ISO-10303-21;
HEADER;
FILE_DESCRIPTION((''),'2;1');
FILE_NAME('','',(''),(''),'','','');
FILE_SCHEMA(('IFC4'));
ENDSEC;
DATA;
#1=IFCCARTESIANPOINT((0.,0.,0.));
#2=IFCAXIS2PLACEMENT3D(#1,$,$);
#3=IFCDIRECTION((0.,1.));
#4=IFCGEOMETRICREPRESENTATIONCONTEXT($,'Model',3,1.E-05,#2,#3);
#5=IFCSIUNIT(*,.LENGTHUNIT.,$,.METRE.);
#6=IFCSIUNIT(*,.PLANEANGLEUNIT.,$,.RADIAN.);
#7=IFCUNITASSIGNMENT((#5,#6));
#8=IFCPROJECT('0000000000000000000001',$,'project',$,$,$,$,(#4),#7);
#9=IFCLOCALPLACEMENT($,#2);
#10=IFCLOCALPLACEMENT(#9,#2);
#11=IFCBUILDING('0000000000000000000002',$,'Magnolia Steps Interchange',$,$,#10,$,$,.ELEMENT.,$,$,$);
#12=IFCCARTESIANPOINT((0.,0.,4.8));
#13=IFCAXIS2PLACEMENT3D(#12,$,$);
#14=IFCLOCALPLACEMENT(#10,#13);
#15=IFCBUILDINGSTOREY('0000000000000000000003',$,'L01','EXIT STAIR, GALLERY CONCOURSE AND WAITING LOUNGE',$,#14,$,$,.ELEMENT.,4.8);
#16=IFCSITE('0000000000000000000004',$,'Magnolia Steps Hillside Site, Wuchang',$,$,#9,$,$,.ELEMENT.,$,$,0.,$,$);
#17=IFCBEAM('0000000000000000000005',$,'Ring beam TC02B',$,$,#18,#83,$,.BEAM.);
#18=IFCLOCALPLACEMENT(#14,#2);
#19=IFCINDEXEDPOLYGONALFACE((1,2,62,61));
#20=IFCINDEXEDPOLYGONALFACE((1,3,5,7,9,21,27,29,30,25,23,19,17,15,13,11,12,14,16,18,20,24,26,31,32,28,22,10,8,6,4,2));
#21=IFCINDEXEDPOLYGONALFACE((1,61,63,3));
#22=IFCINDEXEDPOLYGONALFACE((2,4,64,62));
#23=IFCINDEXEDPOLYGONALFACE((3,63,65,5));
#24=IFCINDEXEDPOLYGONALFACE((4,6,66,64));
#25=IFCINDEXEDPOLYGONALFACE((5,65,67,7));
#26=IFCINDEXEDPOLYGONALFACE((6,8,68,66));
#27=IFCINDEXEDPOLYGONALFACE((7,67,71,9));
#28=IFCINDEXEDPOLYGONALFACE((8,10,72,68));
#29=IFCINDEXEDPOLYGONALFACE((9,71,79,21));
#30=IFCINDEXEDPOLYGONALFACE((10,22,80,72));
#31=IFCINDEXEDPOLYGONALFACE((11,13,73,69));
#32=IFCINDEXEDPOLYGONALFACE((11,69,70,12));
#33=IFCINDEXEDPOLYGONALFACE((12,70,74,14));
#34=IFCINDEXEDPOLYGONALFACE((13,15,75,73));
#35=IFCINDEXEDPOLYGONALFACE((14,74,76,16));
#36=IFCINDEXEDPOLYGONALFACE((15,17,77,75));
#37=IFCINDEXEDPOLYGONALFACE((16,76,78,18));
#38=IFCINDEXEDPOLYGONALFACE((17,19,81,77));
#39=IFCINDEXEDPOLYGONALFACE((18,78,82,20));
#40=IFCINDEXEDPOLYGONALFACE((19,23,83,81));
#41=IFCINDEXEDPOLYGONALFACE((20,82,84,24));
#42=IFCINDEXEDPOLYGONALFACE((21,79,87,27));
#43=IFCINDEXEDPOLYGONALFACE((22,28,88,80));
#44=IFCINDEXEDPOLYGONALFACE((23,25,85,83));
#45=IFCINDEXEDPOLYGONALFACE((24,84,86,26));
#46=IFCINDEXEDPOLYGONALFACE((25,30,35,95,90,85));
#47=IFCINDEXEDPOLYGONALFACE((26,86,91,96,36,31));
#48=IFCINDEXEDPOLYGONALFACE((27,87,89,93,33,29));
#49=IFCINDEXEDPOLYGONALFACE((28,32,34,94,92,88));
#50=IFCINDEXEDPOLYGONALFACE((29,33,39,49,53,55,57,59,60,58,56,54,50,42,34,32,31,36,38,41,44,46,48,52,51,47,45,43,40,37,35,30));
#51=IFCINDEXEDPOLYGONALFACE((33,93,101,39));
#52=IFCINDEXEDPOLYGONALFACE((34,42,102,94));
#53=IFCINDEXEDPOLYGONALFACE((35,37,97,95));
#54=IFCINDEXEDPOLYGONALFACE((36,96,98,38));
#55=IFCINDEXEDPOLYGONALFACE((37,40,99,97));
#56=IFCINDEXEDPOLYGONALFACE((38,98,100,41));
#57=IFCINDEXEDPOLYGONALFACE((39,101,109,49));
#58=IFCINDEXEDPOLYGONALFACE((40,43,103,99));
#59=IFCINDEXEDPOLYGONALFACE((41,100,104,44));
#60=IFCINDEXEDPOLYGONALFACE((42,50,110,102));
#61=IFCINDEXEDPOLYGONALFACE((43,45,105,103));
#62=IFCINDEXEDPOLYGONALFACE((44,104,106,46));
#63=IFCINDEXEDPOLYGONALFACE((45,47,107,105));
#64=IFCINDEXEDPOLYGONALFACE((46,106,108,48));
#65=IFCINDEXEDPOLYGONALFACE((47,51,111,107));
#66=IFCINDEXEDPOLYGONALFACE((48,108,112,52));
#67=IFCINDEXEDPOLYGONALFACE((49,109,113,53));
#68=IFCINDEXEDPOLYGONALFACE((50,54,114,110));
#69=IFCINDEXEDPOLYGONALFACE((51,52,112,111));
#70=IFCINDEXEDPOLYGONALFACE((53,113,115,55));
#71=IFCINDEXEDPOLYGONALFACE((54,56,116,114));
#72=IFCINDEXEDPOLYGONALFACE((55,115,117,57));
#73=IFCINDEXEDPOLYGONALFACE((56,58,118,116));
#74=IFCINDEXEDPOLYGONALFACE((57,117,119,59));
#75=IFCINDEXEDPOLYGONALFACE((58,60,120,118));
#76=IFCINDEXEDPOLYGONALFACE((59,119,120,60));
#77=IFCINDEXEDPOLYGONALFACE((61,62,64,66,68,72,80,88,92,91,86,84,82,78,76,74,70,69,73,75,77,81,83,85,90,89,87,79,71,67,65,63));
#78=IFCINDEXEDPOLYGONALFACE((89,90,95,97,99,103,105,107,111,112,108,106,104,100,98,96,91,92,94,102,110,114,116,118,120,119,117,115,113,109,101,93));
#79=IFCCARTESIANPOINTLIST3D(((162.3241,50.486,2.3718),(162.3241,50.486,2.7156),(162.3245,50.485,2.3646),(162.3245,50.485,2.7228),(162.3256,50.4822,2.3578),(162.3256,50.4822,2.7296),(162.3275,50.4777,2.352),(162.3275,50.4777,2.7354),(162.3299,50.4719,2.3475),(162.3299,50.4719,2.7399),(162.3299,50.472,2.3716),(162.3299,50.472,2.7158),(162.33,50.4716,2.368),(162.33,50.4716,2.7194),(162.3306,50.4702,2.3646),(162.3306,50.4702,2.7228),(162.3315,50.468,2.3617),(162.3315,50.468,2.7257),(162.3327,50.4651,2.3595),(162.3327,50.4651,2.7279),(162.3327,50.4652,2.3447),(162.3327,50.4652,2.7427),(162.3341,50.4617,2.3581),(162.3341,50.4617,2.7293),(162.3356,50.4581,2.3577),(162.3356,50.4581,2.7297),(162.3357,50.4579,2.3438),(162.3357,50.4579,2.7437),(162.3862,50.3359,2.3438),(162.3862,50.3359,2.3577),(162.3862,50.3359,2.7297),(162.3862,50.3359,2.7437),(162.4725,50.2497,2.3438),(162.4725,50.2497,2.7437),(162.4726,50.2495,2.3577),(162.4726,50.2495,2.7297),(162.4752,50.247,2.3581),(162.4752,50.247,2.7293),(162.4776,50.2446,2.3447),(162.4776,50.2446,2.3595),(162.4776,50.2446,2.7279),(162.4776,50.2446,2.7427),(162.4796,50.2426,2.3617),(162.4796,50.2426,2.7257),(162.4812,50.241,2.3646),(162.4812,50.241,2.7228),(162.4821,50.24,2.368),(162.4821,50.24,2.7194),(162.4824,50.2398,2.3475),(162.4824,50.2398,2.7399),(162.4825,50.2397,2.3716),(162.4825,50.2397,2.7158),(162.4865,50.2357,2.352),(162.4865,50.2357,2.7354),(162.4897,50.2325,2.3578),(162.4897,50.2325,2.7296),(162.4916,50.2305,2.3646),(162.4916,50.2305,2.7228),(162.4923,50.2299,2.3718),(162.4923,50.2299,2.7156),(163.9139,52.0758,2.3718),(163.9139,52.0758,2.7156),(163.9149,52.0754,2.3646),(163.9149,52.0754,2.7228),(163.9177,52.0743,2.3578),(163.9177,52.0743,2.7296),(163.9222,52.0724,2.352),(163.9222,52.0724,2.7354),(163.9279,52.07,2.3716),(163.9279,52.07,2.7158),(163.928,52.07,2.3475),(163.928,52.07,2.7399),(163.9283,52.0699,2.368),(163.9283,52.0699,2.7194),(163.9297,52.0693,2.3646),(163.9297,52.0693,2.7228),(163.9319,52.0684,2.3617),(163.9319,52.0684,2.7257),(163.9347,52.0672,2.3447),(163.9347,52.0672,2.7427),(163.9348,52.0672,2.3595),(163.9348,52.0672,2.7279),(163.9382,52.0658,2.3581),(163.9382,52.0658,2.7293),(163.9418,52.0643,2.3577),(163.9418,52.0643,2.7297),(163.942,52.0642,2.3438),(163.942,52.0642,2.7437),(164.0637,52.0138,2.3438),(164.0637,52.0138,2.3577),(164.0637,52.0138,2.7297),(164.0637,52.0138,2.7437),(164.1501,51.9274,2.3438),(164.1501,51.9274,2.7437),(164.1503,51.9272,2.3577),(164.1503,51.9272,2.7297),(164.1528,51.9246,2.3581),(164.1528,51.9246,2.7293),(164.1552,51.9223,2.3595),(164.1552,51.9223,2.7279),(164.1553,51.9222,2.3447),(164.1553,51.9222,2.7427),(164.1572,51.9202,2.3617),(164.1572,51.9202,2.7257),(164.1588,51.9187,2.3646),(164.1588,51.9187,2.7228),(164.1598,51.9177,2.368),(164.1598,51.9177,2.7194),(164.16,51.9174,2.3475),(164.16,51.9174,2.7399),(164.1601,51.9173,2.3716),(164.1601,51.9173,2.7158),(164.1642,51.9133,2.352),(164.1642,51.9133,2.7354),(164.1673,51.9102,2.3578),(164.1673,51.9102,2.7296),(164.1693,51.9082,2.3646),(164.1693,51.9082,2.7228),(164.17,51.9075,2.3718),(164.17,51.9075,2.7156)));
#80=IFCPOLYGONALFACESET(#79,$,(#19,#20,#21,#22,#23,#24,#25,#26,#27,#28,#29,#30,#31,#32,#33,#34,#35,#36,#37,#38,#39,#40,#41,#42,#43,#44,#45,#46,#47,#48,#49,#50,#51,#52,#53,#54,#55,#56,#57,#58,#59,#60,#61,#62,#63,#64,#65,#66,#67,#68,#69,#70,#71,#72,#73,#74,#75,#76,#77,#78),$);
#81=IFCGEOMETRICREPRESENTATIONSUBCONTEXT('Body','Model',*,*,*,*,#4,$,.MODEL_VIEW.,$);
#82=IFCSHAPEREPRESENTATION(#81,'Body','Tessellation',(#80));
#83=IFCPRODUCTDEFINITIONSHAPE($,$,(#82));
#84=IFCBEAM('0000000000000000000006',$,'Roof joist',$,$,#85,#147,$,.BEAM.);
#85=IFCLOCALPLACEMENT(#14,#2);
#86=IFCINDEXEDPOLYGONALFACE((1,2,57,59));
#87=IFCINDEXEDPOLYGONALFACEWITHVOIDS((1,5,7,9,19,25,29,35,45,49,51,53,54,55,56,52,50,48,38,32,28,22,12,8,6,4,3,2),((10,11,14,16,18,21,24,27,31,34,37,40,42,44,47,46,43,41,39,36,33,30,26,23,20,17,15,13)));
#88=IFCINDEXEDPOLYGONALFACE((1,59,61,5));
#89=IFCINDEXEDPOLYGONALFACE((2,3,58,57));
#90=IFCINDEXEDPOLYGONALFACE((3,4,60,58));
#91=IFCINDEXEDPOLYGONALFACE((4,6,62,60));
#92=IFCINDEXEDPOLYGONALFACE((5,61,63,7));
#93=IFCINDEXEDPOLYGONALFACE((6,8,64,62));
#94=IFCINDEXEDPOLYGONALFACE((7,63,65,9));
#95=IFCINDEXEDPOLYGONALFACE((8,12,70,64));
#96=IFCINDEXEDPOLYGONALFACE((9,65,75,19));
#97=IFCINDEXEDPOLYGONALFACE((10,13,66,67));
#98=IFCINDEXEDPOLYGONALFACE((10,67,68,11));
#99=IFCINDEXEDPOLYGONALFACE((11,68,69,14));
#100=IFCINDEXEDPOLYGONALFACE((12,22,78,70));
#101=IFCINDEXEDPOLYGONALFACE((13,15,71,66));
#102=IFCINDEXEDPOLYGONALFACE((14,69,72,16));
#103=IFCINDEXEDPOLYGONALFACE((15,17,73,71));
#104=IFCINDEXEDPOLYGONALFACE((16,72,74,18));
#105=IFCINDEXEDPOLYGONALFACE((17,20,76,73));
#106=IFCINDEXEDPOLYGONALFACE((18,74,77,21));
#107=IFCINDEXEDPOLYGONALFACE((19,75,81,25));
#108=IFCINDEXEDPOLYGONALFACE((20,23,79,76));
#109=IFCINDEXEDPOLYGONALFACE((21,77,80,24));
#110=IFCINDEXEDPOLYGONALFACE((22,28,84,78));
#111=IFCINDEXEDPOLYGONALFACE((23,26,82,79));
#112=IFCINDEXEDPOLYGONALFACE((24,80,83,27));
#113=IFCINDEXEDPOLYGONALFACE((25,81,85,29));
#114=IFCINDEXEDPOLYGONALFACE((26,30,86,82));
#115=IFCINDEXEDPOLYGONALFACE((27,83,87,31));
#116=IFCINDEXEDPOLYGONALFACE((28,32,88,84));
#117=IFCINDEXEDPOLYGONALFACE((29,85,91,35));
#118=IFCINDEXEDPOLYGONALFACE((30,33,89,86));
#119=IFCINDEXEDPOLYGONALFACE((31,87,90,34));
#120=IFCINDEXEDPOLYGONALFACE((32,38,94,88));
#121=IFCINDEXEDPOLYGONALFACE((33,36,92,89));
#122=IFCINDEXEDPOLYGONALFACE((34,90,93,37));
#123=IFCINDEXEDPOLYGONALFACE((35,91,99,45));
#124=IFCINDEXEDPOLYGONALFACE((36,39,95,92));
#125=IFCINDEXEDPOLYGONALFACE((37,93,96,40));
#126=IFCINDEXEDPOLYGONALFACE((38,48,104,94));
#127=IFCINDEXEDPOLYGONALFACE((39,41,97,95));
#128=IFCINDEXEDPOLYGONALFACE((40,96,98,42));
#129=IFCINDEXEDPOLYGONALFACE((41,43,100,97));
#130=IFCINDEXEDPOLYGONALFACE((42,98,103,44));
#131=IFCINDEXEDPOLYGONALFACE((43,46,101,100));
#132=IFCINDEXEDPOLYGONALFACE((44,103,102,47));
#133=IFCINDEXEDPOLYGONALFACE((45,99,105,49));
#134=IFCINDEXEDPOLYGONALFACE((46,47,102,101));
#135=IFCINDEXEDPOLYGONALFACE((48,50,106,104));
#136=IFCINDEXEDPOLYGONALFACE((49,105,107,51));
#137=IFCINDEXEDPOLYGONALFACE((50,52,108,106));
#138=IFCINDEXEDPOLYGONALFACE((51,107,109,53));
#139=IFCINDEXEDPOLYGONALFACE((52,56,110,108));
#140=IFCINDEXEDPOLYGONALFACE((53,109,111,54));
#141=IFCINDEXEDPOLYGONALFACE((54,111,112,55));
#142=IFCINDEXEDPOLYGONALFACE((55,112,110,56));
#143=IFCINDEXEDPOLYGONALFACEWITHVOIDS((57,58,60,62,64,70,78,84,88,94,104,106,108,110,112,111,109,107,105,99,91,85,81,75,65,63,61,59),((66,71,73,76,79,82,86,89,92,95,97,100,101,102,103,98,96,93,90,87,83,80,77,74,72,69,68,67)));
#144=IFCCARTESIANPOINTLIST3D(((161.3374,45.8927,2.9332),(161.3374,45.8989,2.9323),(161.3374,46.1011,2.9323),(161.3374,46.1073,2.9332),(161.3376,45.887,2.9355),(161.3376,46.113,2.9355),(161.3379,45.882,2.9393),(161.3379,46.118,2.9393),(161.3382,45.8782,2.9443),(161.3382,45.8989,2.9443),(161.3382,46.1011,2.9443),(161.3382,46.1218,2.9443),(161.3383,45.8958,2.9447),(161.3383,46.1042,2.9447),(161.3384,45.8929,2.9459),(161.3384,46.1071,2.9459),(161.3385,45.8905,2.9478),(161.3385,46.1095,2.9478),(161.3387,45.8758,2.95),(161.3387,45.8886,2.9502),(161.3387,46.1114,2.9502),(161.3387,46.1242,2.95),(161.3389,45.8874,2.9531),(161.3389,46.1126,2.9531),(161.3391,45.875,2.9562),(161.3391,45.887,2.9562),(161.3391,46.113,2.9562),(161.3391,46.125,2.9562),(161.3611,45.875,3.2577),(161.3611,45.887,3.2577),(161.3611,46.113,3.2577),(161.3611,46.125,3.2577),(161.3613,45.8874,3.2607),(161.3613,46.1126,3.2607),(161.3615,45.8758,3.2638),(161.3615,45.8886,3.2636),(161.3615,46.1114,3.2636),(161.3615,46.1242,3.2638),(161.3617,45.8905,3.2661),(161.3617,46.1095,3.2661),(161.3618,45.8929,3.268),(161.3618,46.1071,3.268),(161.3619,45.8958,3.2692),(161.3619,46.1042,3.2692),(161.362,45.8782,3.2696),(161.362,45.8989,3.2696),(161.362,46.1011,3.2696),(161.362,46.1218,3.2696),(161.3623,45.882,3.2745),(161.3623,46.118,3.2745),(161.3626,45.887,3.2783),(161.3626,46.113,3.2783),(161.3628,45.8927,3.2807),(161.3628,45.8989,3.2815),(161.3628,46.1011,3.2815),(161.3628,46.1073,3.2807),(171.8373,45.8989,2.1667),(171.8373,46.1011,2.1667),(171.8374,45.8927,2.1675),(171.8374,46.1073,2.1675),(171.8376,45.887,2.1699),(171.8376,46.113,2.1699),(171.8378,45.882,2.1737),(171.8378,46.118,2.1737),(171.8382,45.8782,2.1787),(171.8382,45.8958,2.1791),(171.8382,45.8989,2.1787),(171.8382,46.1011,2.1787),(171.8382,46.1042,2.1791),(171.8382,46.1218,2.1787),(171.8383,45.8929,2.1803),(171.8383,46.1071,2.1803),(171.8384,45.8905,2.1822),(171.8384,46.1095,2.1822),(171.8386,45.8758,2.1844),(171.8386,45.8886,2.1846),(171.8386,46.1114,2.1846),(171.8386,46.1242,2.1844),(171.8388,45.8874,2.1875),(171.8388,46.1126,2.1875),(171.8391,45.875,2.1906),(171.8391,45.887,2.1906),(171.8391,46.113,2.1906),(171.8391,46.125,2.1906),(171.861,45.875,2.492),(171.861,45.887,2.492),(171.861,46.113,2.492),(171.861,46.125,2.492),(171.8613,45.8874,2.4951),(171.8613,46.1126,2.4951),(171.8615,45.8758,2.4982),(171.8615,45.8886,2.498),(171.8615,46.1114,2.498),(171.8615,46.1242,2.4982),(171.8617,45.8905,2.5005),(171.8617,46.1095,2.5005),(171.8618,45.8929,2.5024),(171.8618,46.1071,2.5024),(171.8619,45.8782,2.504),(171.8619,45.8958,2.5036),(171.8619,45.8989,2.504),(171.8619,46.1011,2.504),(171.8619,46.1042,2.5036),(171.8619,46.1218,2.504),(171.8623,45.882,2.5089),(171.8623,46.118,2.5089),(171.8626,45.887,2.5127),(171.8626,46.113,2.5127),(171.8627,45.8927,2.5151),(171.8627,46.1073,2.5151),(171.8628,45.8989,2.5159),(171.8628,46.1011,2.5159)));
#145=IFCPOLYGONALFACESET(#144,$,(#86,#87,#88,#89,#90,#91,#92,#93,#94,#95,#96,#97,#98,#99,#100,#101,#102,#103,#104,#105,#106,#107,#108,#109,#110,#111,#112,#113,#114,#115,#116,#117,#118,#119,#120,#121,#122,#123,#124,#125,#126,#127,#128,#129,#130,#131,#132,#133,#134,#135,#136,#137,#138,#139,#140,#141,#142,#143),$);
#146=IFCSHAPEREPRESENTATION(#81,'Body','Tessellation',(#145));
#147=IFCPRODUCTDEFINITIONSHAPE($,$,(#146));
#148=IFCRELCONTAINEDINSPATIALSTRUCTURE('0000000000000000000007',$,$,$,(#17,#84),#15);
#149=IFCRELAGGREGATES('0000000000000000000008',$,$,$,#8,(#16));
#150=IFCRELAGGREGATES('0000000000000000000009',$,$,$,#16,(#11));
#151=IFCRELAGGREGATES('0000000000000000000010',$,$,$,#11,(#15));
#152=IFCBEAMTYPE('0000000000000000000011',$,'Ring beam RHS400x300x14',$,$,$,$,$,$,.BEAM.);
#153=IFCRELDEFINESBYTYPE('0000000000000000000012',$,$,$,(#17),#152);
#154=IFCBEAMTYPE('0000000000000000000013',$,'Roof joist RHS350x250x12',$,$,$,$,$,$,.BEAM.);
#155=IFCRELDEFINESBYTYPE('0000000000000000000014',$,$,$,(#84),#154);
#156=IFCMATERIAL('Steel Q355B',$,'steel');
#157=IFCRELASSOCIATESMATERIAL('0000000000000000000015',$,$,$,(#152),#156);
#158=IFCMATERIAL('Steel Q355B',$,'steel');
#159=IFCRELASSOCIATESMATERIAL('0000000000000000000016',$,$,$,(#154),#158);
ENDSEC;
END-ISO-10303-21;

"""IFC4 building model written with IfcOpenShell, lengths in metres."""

from ifc_helpers import new_model, si_unit, direction, frame, origin, origin_2d, place, context, subcontext, project, spatial, hollow_rectangle, extrude, clip, halfspace, material, material_profile, profile_set, type_object, element, save


model = new_model("IFC4")

# Units and contexts
model_context = context("Model", 3, precision=1e-05, world=origin(), true_north=direction((0.0, 1.0)))
body_context = subcontext(model_context, "Body", "Model", "MODEL_VIEW")
ifc_project = project(units=[si_unit("LENGTHUNIT", "METRE"), si_unit("PLANEANGLEUNIT", "RADIAN")], contexts=[model_context])

# Site, building, storey
site_placement = place(None, origin())
site = spatial("IfcSite", under=ifc_project, at=site_placement, Name="Magnolia Steps Hillside Site, Wuchang", CompositionType="ELEMENT", RefElevation=0.0)
building_placement = place(site_placement, origin())
building = spatial("IfcBuilding", under=site, at=building_placement, Name="Magnolia Steps Interchange", CompositionType="ELEMENT")
storey_placement = place(building_placement, frame((0.0, 0.0, 4.8)))
storey = spatial("IfcBuildingStorey", under=building, at=storey_placement, Name="L01", Description="EXIT STAIR, GALLERY CONCOURSE AND WAITING LOUNGE", CompositionType="ELEMENT", Elevation=4.8)

# Beams
ifc_material_1 = material(Name="Steel Q355B", Category="steel")
ifc_material_profile_1 = material_profile(ifc_material_1, hollow_rectangle(XDim=0.3, YDim=0.3999, WallThickness=0.0139, InnerFilletRadius=0.0139, OuterFilletRadius=0.0281, at=origin_2d()), Name="RHS400x300x14")
ifc_profile_set_1 = profile_set([ifc_material_profile_1], Name="Steel Q355B")
beam_type_1 = type_object("IfcBeamType", Name="Ring beam RHS400x300x14", PredefinedType="BEAM", material=ifc_profile_set_1)
beam_1_placement = place(storey_placement, frame((162.3862, 50.3359, 2.5437), z_axis=(0.707107, 0.707107, 0.0), x_axis=(-0.707107, 0.707107, 0.0)))
element("IfcBeam", 1, at=beam_1_placement, inside=storey, type_object=beam_type_1, Name="Ring beam TC02B", PredefinedType="BEAM", context=body_context, shape_type="Clipping", body=[
    clip(clip(extrude(hollow_rectangle(XDim=0.3, YDim=0.3999, WallThickness=0.0139, InnerFilletRadius=0.0139, OuterFilletRadius=0.0281, at=origin_2d()), origin(), (0.0, 0.0, 1.0), 2.3726), halfspace(frame((0.0, 0.0, 0.0), z_axis=(0.382683, 0.0, -0.92388), x_axis=(0.92388, 0.0, 0.382683)), False)), halfspace(frame((0.0, 0.0, 2.3727), z_axis=(0.382683, 0.0, 0.92388), x_axis=(0.92388, 0.0, -0.382683)), False)),
])
ifc_material_2 = material(Name="Steel Q355B", Category="steel")
ifc_material_profile_2 = material_profile(ifc_material_2, hollow_rectangle(XDim=0.25, YDim=0.3501, WallThickness=0.012, InnerFilletRadius=0.012, OuterFilletRadius=0.0239, at=origin_2d()), Name="RHS350x250x12")
ifc_profile_set_2 = profile_set([ifc_material_profile_2], Name="Steel Q355B")
beam_type_2 = type_object("IfcBeamType", Name="Roof joist RHS350x250x12", PredefinedType="BEAM", material=ifc_profile_set_2)
for number, where, z_axis, x_axis, name in (
    (2, (161.3501, 46.0, 3.1069), (0.997352, 0.0, -0.072724), (0.0, 1.0, 0.0), "Roof joist"),
):
    element("IfcBeam", number, at=place(storey_placement, frame(where, z_axis=z_axis, x_axis=x_axis)), inside=storey, type_object=beam_type_2, Name=name, PredefinedType="BEAM", context=body_context, shape_type="SweptSolid", body=[
        extrude(hollow_rectangle(XDim=0.25, YDim=0.3501, WallThickness=0.012, InnerFilletRadius=0.012, OuterFilletRadius=0.0239, at=origin_2d()), origin(), (0.0, 0.0, 1.0), 10.5278),
    ])

save(model, "model.ifc")
